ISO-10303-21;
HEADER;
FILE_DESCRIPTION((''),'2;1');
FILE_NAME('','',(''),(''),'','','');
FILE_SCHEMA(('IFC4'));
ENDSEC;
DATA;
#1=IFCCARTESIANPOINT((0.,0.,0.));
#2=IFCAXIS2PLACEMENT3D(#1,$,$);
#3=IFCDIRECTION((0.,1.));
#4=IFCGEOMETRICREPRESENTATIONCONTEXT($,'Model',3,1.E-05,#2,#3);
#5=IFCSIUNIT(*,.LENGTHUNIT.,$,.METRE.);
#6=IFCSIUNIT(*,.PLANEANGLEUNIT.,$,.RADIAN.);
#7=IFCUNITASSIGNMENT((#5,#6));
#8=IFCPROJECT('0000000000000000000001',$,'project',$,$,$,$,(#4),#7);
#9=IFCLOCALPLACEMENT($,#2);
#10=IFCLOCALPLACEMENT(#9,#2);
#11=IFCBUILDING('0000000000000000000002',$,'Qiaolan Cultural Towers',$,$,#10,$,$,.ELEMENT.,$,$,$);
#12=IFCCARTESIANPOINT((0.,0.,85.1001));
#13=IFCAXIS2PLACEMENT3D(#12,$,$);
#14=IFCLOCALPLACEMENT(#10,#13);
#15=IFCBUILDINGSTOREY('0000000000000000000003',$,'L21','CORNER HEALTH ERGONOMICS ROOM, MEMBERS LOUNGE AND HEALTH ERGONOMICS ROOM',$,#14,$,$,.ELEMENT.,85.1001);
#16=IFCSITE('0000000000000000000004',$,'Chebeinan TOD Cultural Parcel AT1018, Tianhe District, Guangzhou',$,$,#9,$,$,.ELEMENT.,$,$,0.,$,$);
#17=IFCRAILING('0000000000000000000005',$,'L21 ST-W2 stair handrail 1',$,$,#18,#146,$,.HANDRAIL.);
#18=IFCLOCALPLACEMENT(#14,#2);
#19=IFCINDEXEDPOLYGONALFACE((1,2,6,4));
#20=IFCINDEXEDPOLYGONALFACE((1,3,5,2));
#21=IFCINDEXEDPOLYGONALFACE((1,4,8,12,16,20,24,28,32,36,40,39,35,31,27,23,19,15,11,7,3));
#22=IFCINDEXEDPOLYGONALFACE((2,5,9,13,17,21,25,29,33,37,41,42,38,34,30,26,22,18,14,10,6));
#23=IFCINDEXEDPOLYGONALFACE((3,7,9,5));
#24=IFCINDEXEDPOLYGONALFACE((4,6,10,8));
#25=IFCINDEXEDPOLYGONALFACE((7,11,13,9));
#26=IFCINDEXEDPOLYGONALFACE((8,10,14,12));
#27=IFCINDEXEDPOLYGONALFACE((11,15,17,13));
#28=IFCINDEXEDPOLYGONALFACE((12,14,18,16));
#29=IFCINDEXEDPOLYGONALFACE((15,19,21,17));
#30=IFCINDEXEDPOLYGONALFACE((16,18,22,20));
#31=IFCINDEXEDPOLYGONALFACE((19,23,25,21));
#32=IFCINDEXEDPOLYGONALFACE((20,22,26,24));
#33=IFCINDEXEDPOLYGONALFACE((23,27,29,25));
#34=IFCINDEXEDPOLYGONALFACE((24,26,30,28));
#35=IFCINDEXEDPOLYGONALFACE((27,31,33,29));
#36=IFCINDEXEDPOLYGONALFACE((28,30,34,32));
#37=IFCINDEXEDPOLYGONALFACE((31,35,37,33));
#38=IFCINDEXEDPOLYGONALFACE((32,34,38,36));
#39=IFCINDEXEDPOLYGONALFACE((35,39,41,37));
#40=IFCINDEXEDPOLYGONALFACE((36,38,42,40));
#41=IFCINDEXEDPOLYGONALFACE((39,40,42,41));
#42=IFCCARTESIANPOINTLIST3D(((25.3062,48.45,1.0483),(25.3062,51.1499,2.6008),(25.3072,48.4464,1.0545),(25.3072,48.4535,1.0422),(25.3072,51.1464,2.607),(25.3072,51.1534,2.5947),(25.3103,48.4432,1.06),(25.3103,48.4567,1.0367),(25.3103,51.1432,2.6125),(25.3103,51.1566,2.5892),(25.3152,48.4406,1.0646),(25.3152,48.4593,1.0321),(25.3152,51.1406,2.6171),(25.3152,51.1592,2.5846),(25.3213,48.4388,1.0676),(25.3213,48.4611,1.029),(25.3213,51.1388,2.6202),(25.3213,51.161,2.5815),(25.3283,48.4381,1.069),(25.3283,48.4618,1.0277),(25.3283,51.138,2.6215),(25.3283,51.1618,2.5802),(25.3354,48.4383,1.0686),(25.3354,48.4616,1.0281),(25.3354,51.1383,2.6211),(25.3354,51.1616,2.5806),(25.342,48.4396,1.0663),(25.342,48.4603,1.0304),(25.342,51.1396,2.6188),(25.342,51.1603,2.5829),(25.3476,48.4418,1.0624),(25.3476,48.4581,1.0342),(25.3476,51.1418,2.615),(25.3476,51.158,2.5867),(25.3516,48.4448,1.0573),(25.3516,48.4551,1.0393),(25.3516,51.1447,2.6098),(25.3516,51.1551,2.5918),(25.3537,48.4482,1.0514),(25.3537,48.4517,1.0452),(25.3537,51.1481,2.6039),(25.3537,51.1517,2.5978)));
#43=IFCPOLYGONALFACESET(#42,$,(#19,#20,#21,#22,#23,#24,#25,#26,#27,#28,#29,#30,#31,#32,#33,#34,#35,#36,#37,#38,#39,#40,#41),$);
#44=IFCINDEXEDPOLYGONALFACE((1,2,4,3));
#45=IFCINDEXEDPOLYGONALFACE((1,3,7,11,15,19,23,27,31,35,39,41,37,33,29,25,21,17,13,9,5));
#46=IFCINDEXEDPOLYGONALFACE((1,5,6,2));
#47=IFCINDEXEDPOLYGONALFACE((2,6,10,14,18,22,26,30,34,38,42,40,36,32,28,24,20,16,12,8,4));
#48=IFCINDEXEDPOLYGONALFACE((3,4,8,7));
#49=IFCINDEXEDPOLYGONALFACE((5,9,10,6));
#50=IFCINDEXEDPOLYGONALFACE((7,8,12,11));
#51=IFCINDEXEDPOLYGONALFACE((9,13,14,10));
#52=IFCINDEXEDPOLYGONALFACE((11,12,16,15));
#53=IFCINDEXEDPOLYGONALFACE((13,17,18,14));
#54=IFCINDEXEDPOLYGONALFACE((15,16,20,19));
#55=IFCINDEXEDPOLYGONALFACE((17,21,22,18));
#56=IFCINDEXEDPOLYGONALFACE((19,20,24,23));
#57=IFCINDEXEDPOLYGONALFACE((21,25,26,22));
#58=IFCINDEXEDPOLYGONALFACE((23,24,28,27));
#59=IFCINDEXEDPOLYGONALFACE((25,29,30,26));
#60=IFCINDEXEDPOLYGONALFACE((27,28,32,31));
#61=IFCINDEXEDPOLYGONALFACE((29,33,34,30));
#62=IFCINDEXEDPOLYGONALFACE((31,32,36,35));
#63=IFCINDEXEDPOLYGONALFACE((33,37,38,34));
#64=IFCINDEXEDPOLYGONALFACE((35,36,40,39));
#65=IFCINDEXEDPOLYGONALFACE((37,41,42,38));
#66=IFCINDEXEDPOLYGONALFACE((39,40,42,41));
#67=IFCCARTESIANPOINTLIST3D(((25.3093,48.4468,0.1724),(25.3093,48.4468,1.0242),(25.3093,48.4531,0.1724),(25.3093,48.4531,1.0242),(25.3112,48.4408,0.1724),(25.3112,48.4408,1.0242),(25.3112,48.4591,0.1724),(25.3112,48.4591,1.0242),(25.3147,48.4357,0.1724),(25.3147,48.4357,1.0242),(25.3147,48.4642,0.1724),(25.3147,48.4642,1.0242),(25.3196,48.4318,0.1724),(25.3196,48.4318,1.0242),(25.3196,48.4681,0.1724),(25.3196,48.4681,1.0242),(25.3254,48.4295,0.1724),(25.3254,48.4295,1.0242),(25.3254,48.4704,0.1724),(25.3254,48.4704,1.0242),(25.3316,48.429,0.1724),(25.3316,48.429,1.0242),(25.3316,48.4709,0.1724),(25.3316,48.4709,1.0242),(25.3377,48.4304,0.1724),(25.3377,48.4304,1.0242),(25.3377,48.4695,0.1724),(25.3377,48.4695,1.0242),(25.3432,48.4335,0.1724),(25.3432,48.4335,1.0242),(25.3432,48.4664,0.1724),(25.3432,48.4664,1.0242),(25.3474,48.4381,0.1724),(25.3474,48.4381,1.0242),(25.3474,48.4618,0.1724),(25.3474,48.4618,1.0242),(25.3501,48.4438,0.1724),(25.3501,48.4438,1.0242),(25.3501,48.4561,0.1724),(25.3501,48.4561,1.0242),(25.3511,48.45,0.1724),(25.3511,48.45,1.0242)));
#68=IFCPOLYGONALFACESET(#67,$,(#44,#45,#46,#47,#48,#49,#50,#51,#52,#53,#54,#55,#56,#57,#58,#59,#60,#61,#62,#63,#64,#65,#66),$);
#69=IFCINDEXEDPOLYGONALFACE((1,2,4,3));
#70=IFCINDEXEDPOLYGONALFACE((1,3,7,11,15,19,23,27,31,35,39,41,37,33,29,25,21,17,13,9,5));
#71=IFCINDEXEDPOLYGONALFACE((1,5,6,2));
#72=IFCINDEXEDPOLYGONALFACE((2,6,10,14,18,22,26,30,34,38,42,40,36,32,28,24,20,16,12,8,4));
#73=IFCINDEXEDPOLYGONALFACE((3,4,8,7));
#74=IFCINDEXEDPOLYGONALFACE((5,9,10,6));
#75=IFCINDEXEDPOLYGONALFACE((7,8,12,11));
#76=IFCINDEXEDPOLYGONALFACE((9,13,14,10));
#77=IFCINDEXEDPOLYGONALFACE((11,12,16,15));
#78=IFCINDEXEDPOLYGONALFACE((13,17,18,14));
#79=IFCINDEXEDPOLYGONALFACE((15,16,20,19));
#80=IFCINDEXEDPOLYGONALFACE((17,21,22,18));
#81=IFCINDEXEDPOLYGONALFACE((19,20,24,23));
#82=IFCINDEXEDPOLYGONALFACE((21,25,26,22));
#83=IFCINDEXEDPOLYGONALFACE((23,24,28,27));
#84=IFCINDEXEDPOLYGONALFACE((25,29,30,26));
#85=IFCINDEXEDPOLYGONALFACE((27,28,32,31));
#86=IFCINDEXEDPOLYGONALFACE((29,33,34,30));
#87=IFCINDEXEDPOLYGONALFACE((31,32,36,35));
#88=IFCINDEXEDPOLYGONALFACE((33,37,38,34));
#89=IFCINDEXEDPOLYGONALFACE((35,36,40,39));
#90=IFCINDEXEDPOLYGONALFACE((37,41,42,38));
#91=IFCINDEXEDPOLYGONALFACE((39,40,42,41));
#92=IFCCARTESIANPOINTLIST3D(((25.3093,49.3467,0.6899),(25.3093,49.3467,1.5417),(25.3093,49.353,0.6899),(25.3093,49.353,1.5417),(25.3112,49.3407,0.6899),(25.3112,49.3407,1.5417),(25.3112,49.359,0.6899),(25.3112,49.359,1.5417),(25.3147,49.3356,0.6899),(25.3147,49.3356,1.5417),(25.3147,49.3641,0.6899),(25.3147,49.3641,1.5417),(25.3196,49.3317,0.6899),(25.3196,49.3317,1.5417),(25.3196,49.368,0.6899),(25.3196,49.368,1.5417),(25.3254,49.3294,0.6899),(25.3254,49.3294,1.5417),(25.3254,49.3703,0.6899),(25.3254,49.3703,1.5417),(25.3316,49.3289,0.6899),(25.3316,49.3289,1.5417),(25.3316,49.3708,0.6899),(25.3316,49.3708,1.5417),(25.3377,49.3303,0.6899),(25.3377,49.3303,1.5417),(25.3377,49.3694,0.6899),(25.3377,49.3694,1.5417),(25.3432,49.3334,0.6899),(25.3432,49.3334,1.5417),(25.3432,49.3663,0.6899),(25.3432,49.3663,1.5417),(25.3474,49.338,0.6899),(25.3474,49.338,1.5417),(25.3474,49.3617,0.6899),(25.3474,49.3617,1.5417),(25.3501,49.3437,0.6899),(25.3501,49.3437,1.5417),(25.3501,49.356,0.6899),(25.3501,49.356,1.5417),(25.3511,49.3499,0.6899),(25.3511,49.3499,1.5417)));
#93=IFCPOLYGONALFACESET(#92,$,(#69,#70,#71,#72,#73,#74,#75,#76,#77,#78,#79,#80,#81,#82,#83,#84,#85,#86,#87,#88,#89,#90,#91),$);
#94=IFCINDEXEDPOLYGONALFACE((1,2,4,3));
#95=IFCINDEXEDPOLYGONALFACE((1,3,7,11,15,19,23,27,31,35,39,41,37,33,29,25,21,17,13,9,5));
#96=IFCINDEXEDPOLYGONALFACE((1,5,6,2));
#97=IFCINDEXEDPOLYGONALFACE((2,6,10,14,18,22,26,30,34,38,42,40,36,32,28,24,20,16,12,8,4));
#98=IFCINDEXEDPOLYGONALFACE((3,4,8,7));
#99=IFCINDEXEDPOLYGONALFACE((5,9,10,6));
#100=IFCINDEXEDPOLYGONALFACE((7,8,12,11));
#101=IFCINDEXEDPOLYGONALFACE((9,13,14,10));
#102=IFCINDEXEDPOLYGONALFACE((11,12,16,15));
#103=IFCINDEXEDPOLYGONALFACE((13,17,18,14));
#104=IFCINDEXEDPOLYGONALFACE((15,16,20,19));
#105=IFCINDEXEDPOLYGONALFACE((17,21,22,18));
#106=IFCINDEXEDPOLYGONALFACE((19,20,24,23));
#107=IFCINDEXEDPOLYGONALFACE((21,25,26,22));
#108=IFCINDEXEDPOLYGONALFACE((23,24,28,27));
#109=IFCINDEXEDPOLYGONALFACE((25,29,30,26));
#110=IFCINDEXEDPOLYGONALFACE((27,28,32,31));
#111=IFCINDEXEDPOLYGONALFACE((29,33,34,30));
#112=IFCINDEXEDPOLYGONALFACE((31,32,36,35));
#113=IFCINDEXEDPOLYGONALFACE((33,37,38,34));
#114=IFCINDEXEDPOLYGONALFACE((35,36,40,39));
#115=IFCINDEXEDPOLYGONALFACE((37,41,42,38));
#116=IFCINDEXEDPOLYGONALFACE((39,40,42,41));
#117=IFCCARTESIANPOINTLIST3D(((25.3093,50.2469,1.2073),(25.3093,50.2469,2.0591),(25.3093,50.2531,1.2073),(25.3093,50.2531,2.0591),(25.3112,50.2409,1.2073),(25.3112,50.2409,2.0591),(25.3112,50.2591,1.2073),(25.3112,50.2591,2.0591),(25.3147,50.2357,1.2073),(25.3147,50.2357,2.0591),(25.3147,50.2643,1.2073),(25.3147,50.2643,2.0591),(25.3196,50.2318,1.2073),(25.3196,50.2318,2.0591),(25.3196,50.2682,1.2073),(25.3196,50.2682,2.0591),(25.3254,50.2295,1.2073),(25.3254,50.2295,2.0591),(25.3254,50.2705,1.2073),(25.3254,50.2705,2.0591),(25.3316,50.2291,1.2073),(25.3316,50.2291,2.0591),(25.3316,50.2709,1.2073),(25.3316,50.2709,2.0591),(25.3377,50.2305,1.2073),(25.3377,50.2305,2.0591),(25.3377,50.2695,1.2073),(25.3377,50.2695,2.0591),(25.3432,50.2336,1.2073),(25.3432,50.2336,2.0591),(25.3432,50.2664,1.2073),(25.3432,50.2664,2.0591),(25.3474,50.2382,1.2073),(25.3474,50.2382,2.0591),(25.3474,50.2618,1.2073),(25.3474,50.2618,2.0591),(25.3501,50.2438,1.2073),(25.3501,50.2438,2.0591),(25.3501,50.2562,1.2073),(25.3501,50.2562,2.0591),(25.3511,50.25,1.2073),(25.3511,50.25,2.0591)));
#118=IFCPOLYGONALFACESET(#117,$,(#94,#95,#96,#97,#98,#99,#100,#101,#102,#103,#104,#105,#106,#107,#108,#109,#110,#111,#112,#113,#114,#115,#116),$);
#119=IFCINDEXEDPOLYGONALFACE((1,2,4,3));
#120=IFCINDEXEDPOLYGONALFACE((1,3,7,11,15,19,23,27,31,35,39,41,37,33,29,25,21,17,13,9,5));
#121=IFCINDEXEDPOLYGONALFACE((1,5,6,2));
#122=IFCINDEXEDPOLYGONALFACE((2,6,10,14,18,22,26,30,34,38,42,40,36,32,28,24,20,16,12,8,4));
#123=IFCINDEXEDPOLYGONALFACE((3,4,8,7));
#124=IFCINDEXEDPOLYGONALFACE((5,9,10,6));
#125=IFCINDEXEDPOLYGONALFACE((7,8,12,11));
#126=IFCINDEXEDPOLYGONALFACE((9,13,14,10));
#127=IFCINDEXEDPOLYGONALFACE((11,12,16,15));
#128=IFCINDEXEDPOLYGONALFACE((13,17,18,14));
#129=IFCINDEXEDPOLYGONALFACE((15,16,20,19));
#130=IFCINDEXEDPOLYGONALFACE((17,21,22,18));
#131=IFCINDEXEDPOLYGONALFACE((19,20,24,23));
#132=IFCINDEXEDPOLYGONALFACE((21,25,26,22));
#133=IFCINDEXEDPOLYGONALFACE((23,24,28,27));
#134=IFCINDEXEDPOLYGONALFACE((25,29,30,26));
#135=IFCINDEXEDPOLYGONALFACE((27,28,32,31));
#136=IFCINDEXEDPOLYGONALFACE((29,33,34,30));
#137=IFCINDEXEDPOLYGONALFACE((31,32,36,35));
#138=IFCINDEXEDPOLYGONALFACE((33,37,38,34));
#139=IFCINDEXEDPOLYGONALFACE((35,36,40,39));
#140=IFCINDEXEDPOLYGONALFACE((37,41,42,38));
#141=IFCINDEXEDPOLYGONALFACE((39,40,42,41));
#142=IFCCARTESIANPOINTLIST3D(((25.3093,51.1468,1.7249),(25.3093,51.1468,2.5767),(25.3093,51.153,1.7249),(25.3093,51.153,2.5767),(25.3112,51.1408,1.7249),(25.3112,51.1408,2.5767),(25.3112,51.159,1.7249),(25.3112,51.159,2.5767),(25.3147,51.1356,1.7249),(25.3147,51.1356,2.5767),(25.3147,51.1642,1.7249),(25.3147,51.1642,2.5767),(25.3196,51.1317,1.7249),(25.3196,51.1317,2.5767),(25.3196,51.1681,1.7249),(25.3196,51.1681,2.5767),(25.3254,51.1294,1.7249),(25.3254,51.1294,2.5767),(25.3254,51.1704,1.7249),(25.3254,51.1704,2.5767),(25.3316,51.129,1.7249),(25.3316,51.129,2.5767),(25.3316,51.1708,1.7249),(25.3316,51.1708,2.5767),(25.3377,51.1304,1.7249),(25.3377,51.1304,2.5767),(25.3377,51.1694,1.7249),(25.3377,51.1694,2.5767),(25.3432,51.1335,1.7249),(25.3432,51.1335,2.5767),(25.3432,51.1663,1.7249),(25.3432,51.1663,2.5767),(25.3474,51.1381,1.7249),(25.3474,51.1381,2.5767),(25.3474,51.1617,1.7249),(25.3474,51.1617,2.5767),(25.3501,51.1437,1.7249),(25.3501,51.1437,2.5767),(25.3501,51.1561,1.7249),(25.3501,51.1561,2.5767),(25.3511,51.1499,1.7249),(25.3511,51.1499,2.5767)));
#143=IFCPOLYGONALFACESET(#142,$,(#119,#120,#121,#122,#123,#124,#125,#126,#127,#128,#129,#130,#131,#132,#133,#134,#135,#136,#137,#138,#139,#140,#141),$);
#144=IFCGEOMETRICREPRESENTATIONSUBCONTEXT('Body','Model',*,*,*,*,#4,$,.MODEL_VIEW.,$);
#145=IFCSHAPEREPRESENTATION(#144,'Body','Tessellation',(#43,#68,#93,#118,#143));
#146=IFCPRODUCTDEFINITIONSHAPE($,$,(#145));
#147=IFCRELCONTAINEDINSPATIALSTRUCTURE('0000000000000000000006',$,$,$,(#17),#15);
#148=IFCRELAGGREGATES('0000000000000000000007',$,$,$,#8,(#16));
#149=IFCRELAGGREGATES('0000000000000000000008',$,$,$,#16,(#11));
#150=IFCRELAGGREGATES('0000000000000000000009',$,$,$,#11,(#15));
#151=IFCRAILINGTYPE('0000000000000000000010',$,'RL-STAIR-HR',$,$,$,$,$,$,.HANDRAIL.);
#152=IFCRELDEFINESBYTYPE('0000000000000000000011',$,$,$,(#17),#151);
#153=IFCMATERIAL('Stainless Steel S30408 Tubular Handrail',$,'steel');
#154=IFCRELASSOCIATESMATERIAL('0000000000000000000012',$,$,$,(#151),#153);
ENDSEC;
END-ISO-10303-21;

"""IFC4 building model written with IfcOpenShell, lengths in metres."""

from ifc_helpers import new_model, si_unit, direction, frame, origin, origin_2d, place, context, subcontext, project, spatial, circle, extrude, material, type_object, element, save


model = new_model("IFC4")

# Units and contexts
model_context = context("Model", 3, precision=1e-05, world=origin(), true_north=direction((0.0, 1.0)))
body_context = subcontext(model_context, "Body", "Model", "MODEL_VIEW")
ifc_project = project(units=[si_unit("LENGTHUNIT", "METRE"), si_unit("PLANEANGLEUNIT", "RADIAN")], contexts=[model_context])

# Site, building, storey
site_placement = place(None, origin())
site = spatial("IfcSite", under=ifc_project, at=site_placement, Name="Chebeinan TOD Cultural Parcel AT1018, Tianhe District, Guangzhou", CompositionType="ELEMENT", RefElevation=0.0)
building_placement = place(site_placement, origin())
building = spatial("IfcBuilding", under=site, at=building_placement, Name="Qiaolan Cultural Towers", CompositionType="ELEMENT")
storey_placement = place(building_placement, frame((0.0, 0.0, 85.1001)))
storey = spatial("IfcBuildingStorey", under=building, at=storey_placement, Name="L21", Description="CORNER HEALTH ERGONOMICS ROOM, MEMBERS LOUNGE AND HEALTH ERGONOMICS ROOM", CompositionType="ELEMENT", Elevation=85.1001)

# Railing
ifc_material_1 = material(Name="Stainless Steel S30408 Tubular Handrail", Category="steel")
railing_type = type_object("IfcRailingType", Name="RL-STAIR-HR", PredefinedType="HANDRAIL", material=ifc_material_1)
railing_placement = place(storey_placement, frame((25.3301, 48.45, 0.1724)))
element("IfcRailing", 1, at=railing_placement, inside=storey, type_object=railing_type, Name="L21 ST-W2 stair handrail 1", PredefinedType="HANDRAIL", context=body_context, shape_type="SweptSolid", body=[
    extrude(circle(Radius=0.0239, at=origin_2d()), frame((0.0, 0.0, 0.876), z_axis=(0.0, 0.866904, 0.498476), x_axis=(-1.0, 0.0, 0.0)), (0.0, 0.0, 1.0), 3.1145),
    extrude(circle(Radius=0.021, at=origin_2d()), origin(), (0.0, 0.0, 1.0), 0.8518),
    extrude(circle(Radius=0.021, at=origin_2d()), frame((0.0, 0.8999, 0.5176)), (0.0, 0.0, 1.0), 0.8518),
    extrude(circle(Radius=0.021, at=origin_2d()), frame((0.0, 1.8, 1.0349)), (0.0, 0.0, 1.0), 0.8518),
    extrude(circle(Radius=0.021, at=origin_2d()), frame((0.0, 2.7, 1.5525)), (0.0, 0.0, 1.0), 0.8518),
])

save(model, "model.ifc")
